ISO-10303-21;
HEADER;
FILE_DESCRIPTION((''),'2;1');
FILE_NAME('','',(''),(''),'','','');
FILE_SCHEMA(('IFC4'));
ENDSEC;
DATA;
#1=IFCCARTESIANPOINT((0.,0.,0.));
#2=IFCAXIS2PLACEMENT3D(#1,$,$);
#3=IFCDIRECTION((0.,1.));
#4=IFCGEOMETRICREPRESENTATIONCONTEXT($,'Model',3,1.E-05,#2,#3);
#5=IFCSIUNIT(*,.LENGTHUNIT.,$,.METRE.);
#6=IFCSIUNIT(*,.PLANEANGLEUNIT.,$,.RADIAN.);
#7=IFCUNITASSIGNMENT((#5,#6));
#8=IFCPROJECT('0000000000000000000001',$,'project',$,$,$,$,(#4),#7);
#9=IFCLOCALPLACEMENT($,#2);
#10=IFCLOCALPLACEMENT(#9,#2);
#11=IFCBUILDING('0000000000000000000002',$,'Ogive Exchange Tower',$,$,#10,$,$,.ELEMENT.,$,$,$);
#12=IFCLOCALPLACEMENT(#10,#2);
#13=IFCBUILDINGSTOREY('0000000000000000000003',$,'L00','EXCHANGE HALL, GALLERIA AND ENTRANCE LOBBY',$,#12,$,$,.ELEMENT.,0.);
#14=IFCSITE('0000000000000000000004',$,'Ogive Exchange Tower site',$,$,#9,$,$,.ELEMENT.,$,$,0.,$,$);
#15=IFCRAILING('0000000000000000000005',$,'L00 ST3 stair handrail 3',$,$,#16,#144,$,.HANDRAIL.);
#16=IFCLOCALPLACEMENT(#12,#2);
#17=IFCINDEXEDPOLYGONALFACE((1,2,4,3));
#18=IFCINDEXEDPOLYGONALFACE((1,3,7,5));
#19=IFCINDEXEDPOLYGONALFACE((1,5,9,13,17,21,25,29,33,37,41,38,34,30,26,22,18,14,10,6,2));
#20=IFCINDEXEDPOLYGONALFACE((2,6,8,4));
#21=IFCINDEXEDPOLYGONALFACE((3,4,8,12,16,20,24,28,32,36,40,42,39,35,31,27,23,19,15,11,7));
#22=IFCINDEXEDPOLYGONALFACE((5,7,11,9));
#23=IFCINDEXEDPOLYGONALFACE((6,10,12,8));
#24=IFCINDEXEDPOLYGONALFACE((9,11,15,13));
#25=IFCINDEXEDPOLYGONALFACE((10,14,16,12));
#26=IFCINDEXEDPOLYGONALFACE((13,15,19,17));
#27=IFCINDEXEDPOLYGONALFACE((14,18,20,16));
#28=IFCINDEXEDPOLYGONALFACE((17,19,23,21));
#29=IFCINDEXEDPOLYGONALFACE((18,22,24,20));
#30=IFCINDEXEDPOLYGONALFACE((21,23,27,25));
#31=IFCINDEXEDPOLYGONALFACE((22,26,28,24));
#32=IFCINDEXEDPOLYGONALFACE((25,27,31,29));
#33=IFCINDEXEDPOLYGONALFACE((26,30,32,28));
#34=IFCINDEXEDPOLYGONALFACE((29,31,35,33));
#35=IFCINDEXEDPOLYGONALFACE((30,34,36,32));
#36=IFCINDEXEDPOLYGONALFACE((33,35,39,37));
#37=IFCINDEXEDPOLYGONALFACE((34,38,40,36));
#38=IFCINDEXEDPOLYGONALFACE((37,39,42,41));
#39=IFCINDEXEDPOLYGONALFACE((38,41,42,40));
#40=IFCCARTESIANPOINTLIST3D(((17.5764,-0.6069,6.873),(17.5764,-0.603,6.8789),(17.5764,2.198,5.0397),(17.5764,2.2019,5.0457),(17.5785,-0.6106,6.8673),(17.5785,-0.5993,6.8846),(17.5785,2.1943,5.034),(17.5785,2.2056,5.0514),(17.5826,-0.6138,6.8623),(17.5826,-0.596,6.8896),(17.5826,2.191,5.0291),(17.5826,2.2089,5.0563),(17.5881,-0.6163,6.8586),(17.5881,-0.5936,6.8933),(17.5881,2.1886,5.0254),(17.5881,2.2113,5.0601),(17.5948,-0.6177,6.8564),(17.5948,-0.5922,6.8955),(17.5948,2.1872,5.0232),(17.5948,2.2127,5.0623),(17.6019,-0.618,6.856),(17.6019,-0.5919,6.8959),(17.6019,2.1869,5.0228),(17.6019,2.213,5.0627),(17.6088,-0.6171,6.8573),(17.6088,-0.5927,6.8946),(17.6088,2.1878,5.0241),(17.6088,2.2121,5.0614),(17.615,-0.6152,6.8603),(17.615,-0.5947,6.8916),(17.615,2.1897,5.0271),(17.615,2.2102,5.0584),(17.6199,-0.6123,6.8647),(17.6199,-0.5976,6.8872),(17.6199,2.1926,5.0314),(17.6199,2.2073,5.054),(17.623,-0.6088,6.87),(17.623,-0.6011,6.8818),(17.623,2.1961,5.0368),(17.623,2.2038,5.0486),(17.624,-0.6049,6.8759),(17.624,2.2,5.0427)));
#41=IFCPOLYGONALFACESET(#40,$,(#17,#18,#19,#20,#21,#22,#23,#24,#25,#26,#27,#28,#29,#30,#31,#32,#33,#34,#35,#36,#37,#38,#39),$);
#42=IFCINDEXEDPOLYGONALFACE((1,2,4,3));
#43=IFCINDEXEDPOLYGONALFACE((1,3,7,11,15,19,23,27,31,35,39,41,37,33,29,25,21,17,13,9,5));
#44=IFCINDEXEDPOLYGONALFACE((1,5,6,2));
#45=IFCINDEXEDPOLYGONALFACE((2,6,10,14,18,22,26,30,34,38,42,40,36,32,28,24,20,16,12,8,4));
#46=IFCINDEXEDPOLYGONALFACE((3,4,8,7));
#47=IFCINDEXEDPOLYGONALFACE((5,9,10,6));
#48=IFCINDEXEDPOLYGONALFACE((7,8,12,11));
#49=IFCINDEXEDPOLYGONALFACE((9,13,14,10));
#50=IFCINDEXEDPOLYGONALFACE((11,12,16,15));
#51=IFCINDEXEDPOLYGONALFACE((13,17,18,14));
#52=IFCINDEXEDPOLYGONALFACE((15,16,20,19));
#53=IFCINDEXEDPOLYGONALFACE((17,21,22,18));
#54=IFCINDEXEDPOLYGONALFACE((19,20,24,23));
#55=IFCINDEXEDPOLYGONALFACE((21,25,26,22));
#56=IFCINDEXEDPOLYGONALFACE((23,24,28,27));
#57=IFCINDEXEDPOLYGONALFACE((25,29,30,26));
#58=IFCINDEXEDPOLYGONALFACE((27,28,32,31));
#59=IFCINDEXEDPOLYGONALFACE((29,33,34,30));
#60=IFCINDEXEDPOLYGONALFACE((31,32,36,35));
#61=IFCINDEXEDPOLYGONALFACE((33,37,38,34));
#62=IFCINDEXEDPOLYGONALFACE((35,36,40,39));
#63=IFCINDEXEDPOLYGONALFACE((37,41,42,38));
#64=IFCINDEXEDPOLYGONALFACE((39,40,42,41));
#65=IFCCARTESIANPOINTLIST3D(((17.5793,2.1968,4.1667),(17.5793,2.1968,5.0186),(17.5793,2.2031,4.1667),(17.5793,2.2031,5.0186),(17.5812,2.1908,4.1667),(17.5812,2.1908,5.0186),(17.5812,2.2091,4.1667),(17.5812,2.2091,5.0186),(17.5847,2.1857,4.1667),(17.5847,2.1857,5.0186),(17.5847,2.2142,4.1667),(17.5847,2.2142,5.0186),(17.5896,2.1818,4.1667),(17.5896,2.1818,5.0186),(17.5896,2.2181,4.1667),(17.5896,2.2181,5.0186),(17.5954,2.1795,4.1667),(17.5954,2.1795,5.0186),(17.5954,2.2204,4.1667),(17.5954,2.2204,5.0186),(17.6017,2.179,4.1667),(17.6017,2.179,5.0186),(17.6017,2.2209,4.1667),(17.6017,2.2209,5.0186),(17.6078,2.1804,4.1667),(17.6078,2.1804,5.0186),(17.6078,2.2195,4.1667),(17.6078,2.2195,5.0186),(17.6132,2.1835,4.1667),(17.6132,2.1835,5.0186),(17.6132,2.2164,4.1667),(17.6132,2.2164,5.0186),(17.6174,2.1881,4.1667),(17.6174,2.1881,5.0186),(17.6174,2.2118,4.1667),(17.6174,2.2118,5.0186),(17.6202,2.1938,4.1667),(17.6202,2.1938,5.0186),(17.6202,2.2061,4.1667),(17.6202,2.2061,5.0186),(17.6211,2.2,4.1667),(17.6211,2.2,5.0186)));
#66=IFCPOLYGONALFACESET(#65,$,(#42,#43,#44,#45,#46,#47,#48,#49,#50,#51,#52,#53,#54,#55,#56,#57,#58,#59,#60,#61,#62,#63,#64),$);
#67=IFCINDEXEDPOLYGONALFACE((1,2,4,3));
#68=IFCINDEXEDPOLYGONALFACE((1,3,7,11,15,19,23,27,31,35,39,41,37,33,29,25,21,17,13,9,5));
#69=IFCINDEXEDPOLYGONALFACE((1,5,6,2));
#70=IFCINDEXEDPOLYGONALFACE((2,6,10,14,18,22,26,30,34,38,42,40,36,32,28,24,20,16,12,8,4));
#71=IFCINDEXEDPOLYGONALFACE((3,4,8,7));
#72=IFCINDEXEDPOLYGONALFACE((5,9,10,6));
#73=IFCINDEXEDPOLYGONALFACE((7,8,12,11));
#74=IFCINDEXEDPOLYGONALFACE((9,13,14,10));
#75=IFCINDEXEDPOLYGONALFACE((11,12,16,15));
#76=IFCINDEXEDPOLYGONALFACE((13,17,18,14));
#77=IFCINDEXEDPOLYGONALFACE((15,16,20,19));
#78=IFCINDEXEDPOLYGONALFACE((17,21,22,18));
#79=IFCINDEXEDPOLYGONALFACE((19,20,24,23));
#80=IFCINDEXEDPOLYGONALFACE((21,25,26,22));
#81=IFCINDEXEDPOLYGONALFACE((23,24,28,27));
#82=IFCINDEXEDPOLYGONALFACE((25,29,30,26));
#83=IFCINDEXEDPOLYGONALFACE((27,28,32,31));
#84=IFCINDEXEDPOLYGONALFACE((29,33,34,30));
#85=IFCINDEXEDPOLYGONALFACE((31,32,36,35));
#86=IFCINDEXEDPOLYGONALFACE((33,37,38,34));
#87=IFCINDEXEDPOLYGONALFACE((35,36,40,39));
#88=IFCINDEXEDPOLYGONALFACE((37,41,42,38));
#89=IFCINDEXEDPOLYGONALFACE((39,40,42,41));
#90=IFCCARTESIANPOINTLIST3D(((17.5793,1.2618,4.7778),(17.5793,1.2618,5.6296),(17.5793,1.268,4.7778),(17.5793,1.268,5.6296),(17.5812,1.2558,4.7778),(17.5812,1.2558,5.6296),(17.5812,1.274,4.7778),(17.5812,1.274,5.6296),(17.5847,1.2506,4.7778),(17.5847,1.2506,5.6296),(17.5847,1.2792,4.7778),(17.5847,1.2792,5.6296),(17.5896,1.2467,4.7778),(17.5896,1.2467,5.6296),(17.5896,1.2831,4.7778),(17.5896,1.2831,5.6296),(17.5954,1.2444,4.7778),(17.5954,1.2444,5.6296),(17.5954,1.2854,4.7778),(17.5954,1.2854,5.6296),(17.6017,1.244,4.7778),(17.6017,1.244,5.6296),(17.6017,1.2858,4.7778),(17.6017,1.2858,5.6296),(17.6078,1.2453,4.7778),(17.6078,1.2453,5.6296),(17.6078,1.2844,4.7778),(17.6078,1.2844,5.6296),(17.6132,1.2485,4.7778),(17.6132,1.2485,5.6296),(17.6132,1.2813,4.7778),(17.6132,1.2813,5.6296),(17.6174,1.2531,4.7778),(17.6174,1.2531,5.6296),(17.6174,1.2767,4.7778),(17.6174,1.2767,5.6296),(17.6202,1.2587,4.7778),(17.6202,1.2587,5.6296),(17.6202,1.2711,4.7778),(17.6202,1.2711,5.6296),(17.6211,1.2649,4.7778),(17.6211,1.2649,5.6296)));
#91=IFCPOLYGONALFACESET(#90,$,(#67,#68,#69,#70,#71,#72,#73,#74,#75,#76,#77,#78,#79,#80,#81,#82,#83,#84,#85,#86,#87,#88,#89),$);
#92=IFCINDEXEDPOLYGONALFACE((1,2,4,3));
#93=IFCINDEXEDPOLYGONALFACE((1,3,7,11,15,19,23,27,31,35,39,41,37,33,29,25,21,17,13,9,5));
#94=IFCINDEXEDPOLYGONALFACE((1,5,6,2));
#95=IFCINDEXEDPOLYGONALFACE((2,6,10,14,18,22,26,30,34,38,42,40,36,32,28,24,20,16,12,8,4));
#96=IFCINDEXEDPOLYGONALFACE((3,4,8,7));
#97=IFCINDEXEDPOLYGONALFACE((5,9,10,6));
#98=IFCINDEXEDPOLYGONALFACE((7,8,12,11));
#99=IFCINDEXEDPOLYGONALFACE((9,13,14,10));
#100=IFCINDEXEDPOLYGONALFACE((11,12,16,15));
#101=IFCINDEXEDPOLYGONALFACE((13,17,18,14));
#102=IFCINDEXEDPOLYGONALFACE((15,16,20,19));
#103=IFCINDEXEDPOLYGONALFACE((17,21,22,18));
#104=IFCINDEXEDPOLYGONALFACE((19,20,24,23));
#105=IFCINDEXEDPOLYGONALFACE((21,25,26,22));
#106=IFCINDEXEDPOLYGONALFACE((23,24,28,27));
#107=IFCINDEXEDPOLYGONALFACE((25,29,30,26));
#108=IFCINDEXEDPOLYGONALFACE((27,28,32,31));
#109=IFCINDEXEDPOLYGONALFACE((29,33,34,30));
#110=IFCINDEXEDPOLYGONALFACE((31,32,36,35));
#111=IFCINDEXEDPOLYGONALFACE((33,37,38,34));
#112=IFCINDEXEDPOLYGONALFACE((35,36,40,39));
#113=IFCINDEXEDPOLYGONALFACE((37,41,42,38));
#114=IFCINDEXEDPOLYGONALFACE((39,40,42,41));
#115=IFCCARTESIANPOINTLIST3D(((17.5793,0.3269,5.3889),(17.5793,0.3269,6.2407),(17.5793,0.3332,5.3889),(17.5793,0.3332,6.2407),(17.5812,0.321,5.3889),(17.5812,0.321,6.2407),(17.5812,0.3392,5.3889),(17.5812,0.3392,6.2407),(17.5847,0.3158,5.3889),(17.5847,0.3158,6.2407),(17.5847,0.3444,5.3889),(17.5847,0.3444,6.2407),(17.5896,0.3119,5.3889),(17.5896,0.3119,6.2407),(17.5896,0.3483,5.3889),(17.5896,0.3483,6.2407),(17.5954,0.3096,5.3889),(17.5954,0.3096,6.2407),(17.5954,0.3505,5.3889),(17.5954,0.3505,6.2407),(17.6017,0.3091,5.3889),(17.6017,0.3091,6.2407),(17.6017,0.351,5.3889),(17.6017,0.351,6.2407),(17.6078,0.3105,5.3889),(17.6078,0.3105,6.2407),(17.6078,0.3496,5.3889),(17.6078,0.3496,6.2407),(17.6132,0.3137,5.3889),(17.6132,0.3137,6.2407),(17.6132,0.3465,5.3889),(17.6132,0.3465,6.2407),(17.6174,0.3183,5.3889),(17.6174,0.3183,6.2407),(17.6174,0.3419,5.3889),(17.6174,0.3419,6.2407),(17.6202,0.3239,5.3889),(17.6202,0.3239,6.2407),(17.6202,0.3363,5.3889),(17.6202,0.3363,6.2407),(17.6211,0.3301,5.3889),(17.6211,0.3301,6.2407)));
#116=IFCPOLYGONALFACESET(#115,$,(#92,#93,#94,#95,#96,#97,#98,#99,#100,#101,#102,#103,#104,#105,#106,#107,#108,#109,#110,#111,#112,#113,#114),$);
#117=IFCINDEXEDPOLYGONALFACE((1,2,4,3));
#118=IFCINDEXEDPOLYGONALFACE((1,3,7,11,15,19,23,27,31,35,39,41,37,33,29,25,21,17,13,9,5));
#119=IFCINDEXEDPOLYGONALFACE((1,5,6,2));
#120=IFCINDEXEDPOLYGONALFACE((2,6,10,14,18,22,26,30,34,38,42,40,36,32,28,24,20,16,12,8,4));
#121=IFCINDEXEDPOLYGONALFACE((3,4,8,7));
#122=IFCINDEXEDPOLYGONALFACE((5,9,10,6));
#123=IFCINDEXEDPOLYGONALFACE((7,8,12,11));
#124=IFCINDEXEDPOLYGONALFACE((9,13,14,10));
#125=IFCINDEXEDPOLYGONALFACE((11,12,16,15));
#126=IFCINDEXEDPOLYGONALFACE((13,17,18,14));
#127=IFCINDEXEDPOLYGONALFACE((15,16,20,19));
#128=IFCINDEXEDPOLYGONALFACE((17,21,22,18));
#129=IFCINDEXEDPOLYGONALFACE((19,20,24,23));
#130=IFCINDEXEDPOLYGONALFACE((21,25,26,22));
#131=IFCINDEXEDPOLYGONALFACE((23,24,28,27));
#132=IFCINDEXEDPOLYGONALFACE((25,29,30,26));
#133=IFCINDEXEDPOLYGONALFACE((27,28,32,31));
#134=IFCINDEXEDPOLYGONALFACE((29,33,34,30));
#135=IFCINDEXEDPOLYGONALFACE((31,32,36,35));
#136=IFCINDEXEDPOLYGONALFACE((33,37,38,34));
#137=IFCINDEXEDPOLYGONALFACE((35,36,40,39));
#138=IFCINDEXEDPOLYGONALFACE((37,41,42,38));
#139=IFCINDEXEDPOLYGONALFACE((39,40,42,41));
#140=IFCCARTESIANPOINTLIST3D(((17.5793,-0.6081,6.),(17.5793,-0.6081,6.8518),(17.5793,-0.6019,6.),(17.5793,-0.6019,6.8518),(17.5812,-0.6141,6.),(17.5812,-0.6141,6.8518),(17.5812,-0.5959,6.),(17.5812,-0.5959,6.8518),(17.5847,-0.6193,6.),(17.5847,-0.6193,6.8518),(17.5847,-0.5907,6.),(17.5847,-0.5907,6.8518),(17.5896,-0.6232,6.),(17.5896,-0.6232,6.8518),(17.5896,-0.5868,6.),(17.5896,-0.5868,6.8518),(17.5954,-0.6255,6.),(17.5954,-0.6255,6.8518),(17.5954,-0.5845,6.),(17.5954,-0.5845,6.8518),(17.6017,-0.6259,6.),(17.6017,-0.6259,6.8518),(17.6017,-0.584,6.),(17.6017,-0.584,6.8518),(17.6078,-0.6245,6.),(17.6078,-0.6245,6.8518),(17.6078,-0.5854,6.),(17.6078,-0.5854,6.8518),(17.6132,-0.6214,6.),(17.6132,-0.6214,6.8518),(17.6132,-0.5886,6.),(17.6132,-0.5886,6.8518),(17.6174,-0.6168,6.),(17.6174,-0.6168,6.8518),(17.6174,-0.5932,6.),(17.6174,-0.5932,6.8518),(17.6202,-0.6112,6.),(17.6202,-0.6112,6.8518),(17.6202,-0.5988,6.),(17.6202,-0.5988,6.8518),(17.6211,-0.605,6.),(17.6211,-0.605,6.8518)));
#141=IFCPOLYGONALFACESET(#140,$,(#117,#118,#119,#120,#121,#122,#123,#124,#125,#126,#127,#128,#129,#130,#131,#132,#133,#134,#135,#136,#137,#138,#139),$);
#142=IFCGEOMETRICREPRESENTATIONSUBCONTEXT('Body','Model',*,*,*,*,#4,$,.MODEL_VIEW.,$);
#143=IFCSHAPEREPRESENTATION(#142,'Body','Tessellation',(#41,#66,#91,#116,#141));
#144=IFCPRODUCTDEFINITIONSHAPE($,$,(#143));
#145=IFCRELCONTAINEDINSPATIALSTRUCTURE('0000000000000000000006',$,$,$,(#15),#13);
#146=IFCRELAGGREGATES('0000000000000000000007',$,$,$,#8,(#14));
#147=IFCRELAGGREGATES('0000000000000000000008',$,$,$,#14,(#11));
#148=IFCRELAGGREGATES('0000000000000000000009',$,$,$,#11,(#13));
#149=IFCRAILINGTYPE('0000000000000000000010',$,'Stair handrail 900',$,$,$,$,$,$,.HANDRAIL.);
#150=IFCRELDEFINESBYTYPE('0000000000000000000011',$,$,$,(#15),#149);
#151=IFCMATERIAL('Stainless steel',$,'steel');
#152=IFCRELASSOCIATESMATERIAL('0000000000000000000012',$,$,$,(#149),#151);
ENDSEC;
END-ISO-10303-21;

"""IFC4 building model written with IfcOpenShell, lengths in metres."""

from ifc_helpers import new_model, si_unit, direction, frame, origin, origin_2d, place, context, subcontext, project, spatial, circle, extrude, material, type_object, element, save


model = new_model("IFC4")

# Units and contexts
model_context = context("Model", 3, precision=1e-05, world=origin(), true_north=direction((0.0, 1.0)))
body_context = subcontext(model_context, "Body", "Model", "MODEL_VIEW")
ifc_project = project(units=[si_unit("LENGTHUNIT", "METRE"), si_unit("PLANEANGLEUNIT", "RADIAN")], contexts=[model_context])

# Site, building, storey
site_placement = place(None, origin())
site = spatial("IfcSite", under=ifc_project, at=site_placement, Name="Ogive Exchange Tower site", CompositionType="ELEMENT", RefElevation=0.0)
building_placement = place(site_placement, origin())
building = spatial("IfcBuilding", under=site, at=building_placement, Name="Ogive Exchange Tower", CompositionType="ELEMENT")
storey_placement = place(building_placement, origin())
storey = spatial("IfcBuildingStorey", under=building, at=storey_placement, Name="L00", Description="EXCHANGE HALL, GALLERIA AND ENTRANCE LOBBY", CompositionType="ELEMENT", Elevation=0.0)

# Railing
ifc_material_1 = material(Name="Stainless steel", Category="steel")
railing_type = type_object("IfcRailingType", Name="Stair handrail 900", PredefinedType="HANDRAIL", material=ifc_material_1)
for number, where, name in (
    (1, (17.6001, 2.2, 4.1667), "L00 ST3 stair handrail 3"),
):
    element("IfcRailing", number, at=place(storey_placement, frame(where)), inside=storey, type_object=railing_type, Name=name, PredefinedType="HANDRAIL", context=body_context, shape_type="SweptSolid", body=[
        extrude(circle(Radius=0.0239, at=origin_2d()), frame((0.0, 0.0, 0.876), z_axis=(0.0, -0.837071, 0.547094), x_axis=(1.0, 0.0, 0.0)), (0.0, 0.0, 1.0), 3.3508),
        extrude(circle(Radius=0.021, at=origin_2d()), origin(), (0.0, 0.0, 1.0), 0.8518),
        extrude(circle(Radius=0.021, at=origin_2d()), frame((0.0, -0.9351, 0.6111)), (0.0, 0.0, 1.0), 0.8518),
        extrude(circle(Radius=0.021, at=origin_2d()), frame((0.0, -1.8699, 1.2222)), (0.0, 0.0, 1.0), 0.8518),
        extrude(circle(Radius=0.021, at=origin_2d()), frame((0.0, -2.8049, 1.8333)), (0.0, 0.0, 1.0), 0.8518),
    ])

save(model, "model.ifc")
